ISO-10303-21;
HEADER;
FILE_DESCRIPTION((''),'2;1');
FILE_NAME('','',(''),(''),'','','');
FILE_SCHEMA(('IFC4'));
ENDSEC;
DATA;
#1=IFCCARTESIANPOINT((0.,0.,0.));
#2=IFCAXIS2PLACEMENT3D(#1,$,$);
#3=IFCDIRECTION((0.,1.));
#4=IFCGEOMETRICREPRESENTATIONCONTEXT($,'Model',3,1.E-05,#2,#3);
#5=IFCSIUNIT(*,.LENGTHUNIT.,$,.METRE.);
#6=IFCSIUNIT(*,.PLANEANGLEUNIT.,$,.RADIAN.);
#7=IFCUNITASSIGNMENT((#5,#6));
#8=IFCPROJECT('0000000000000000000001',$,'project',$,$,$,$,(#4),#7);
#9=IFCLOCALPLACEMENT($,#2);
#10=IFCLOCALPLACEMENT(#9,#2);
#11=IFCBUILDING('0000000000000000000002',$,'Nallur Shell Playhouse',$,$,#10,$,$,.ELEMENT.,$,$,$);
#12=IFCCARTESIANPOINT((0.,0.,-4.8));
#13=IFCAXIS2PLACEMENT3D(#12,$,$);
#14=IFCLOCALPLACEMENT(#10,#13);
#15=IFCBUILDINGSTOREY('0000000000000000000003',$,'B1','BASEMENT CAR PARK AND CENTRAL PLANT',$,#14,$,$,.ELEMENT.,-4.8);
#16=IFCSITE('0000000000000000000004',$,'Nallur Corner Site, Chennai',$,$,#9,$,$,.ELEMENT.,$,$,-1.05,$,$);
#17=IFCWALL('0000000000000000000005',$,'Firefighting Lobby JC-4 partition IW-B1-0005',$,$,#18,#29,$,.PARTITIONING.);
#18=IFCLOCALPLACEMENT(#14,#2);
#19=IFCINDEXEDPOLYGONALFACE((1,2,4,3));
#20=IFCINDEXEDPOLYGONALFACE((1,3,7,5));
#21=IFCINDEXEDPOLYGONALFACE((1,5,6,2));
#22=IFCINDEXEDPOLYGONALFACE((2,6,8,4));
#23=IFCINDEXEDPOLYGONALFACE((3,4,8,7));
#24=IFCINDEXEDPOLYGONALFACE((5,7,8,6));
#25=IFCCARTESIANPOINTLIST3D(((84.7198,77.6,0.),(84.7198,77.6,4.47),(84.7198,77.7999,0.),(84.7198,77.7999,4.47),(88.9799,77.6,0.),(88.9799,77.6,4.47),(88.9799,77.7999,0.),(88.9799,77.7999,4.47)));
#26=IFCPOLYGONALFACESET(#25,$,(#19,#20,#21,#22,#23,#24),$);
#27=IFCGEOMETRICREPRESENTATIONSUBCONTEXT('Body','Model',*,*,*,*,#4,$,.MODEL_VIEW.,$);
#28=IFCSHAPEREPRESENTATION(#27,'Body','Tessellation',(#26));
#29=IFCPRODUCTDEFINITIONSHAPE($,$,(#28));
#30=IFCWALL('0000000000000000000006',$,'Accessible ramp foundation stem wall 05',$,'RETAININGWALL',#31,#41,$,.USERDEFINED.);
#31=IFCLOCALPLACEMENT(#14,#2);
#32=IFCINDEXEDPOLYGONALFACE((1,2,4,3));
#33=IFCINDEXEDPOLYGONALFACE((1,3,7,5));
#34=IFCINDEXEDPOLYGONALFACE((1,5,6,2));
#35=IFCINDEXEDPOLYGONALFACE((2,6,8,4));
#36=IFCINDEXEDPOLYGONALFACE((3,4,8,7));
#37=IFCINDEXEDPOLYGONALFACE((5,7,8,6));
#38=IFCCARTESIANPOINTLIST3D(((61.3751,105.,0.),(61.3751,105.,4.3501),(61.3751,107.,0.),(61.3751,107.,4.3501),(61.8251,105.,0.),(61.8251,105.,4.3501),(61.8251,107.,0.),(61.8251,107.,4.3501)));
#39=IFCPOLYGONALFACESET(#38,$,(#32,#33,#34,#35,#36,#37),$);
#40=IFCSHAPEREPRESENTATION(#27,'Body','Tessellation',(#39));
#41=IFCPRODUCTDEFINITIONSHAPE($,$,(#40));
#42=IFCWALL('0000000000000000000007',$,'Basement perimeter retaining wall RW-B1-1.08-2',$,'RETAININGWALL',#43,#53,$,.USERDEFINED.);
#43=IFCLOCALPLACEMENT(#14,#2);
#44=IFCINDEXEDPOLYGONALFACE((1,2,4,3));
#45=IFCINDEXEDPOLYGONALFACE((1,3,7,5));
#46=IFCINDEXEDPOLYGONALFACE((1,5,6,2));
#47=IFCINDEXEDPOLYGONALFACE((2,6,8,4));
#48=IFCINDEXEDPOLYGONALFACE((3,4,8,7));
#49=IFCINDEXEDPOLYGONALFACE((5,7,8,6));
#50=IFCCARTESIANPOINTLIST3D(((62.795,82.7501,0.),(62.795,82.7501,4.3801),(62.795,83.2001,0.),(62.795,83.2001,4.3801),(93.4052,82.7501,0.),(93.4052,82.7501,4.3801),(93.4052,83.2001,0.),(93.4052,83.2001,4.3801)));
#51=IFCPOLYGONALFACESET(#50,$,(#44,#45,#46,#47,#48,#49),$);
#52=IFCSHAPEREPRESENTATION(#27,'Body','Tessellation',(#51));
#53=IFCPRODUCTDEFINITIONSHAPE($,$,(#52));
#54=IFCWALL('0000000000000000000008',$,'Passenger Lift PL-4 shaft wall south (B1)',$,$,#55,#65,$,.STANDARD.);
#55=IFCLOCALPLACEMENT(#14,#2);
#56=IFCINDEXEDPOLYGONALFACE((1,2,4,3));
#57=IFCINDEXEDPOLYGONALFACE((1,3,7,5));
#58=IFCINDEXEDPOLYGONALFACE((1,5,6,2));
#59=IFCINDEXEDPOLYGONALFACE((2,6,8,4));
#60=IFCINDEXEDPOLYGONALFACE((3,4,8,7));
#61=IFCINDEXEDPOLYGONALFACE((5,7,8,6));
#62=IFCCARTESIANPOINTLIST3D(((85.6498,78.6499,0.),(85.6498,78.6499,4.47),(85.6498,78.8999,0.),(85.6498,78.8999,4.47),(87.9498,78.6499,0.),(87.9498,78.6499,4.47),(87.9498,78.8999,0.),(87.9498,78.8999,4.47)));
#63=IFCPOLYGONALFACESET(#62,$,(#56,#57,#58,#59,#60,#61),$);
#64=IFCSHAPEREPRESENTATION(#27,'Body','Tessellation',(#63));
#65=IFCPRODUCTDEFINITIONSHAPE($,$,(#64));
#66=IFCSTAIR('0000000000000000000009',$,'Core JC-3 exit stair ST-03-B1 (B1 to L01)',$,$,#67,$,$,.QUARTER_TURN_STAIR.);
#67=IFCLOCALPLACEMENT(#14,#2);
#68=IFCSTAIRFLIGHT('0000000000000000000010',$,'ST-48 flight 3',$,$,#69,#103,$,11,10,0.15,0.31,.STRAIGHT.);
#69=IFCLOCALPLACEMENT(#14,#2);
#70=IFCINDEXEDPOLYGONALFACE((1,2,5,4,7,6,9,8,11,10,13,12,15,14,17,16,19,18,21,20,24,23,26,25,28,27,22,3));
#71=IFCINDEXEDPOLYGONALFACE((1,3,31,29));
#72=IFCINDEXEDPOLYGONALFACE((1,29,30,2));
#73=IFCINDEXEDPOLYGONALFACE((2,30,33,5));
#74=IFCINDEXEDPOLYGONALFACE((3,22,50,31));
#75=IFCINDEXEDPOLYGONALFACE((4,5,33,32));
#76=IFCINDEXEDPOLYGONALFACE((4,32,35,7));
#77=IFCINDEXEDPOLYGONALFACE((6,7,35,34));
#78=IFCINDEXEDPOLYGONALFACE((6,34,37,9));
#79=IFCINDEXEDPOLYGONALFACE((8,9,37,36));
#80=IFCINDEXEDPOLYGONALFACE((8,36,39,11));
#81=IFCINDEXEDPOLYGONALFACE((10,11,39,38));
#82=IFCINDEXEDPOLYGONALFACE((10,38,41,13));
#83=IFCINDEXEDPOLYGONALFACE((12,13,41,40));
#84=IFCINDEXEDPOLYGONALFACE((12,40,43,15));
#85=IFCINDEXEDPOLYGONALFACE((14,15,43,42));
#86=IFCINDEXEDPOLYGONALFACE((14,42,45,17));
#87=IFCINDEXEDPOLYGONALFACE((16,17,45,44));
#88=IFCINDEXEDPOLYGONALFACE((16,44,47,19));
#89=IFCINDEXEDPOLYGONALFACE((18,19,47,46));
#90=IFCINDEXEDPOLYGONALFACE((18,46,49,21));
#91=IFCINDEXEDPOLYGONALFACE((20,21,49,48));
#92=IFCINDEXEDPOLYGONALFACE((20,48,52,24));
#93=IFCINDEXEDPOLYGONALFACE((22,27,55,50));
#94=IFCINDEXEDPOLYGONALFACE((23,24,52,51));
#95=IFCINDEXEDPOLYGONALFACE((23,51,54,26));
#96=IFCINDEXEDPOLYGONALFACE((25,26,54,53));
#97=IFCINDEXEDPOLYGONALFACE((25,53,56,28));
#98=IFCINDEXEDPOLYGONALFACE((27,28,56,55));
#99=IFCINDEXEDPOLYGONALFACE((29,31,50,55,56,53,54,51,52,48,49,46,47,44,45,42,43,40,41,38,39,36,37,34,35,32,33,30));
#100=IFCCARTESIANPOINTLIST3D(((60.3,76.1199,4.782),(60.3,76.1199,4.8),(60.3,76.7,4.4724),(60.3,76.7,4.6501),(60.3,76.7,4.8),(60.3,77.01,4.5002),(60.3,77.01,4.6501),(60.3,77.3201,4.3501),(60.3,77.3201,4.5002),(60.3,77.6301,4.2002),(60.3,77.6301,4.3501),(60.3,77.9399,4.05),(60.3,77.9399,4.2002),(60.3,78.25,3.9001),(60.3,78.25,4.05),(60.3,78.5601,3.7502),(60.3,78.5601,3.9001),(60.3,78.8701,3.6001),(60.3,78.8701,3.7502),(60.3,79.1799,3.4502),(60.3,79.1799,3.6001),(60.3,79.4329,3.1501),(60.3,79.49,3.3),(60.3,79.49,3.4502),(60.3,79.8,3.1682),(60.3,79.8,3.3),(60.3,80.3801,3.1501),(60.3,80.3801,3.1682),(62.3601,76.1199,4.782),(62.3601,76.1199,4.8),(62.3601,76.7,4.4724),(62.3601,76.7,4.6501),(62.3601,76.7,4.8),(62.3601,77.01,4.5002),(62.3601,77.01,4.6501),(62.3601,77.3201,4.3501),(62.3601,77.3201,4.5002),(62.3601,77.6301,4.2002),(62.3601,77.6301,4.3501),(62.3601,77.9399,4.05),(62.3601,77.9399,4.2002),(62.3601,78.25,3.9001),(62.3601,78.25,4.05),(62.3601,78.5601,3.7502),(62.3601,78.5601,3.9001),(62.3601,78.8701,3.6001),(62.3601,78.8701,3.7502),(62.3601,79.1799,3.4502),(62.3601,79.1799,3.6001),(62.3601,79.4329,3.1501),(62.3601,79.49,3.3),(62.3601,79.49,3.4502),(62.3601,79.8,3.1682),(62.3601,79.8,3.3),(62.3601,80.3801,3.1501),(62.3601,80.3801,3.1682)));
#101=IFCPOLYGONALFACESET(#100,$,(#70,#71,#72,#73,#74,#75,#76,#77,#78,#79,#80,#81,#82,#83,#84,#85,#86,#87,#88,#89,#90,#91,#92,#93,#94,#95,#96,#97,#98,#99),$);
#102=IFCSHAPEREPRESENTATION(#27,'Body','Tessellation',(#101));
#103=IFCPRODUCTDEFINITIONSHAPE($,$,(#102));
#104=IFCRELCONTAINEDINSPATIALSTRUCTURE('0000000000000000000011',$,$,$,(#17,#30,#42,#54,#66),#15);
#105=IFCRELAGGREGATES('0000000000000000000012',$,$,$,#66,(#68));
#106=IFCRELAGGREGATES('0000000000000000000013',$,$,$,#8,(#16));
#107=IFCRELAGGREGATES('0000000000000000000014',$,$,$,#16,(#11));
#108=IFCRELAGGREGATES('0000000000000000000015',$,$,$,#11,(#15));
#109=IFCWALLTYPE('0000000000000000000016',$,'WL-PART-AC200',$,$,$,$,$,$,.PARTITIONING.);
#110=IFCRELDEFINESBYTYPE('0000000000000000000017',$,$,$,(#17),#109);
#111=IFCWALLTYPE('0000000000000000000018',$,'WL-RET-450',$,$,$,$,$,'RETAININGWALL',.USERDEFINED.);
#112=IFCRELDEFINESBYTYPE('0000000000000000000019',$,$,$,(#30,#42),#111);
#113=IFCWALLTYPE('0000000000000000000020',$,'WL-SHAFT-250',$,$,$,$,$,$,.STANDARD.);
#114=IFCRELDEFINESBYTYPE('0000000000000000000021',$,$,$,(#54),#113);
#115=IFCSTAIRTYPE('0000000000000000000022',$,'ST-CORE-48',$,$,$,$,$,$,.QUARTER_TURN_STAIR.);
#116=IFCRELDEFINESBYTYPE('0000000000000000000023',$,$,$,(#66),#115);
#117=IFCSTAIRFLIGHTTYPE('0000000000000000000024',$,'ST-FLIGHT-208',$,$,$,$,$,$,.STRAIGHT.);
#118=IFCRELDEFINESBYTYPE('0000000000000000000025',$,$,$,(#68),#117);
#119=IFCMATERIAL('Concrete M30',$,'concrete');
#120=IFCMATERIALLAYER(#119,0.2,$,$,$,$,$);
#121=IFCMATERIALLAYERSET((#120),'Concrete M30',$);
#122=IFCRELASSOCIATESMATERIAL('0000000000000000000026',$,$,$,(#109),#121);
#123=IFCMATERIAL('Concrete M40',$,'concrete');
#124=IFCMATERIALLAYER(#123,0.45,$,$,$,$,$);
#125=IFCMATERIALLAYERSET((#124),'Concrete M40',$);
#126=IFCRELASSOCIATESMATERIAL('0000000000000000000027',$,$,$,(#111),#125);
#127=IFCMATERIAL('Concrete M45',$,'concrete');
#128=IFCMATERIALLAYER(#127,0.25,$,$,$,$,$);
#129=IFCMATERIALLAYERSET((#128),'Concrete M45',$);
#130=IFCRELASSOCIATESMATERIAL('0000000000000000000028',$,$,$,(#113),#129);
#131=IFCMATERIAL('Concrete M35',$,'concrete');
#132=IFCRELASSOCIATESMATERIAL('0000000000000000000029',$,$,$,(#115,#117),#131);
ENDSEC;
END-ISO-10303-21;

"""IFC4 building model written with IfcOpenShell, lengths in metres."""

from ifc_helpers import new_model, si_unit, direction, frame, frame_2d, origin, place, context, subcontext, project, spatial, polyline, rectangle, outline, extrude, material, layer, layer_set, type_object, element, aggregate, save


model = new_model("IFC4")

# Units and contexts
model_context = context("Model", 3, precision=1e-05, world=origin(), true_north=direction((0.0, 1.0)))
body_context = subcontext(model_context, "Body", "Model", "MODEL_VIEW")
ifc_project = project(units=[si_unit("LENGTHUNIT", "METRE"), si_unit("PLANEANGLEUNIT", "RADIAN")], contexts=[model_context])

# Site, building, storey
site_placement = place(None, origin())
site = spatial("IfcSite", under=ifc_project, at=site_placement, Name="Nallur Corner Site, Chennai", CompositionType="ELEMENT", RefElevation=-1.05)
building_placement = place(site_placement, origin())
building = spatial("IfcBuilding", under=site, at=building_placement, Name="Nallur Shell Playhouse", CompositionType="ELEMENT")
storey_placement = place(building_placement, frame((0.0, 0.0, -4.8)))
storey = spatial("IfcBuildingStorey", under=building, at=storey_placement, Name="B1", Description="BASEMENT CAR PARK AND CENTRAL PLANT", CompositionType="ELEMENT", Elevation=-4.8)

# Shared definitions
ifc_material_1 = material(Name="Concrete M35", Category="concrete")

# Walls
ifc_material_2 = material(Name="Concrete M45", Category="concrete")
ifc_material_3 = material(Name="Concrete M30", Category="concrete")
ifc_layer_1 = layer(ifc_material_3, 0.2)
ifc_layer_set_1 = layer_set([ifc_layer_1], Name="Concrete M30")
wall_type_1 = type_object("IfcWallType", Name="WL-PART-AC200", PredefinedType="PARTITIONING", material=ifc_layer_set_1)
wall_1_placement = place(storey_placement, frame((84.72, 77.7, 0.0), z_axis=(0.0, 0.0, 1.0), x_axis=(1.0, 0.0, 0.0)))
element("IfcWall", 1, at=wall_1_placement, inside=storey, type_object=wall_type_1, Name="Firefighting Lobby JC-4 partition IW-B1-0005", PredefinedType="PARTITIONING", context=body_context, shape_type="SweptSolid", body=[
    extrude(rectangle(XDim=4.26, YDim=0.2, at=frame_2d((2.1299, 0.0))), origin(), (0.0, 0.0, 1.0), 4.47),
])
ifc_material_4 = material(Name="Concrete M40", Category="concrete")
ifc_layer_2 = layer(ifc_material_4, 0.45)
ifc_layer_set_2 = layer_set([ifc_layer_2], Name="Concrete M40")
wall_type_2 = type_object("IfcWallType", Name="WL-RET-450", ElementType="RETAININGWALL", PredefinedType="USERDEFINED", material=ifc_layer_set_2)
wall_2_placement = place(storey_placement, frame((61.6001, 105.0, 0.0), z_axis=(0.0, 0.0, 1.0), x_axis=(0.0, 1.0, 0.0)))
element("IfcWall", 2, at=wall_2_placement, inside=storey, type_object=wall_type_2, Name="Accessible ramp foundation stem wall 05", ObjectType="RETAININGWALL", PredefinedType="USERDEFINED", context=body_context, shape_type="SweptSolid", body=[
    extrude(rectangle(XDim=2.0, YDim=0.45, at=frame_2d((1.0, 0.0))), origin(), (0.0, 0.0, 1.0), 4.3501),
])
wall_3_placement = place(storey_placement, frame((62.7949, 82.9751, 0.0), z_axis=(0.0, 0.0, 1.0), x_axis=(1.0, 0.0, 0.0)))
element("IfcWall", 3, at=wall_3_placement, inside=storey, type_object=wall_type_2, Name="Basement perimeter retaining wall RW-B1-1.08-2", ObjectType="RETAININGWALL", PredefinedType="USERDEFINED", context=body_context, shape_type="SweptSolid", body=[
    extrude(rectangle(XDim=30.6101, YDim=0.45, at=frame_2d((15.3052, 0.0))), origin(), (0.0, 0.0, 1.0), 4.3801),
])
ifc_layer_3 = layer(ifc_material_2, 0.25)
ifc_layer_set_3 = layer_set([ifc_layer_3], Name="Concrete M45")
wall_type_3 = type_object("IfcWallType", Name="WL-SHAFT-250", PredefinedType="STANDARD", material=ifc_layer_set_3)
wall_4_placement = place(storey_placement, frame((85.6499, 78.7749, 0.0), z_axis=(0.0, 0.0, 1.0), x_axis=(1.0, 0.0, 0.0)))
element("IfcWall", 4, at=wall_4_placement, inside=storey, type_object=wall_type_3, Name="Passenger Lift PL-4 shaft wall south (B1)", PredefinedType="STANDARD", context=body_context, shape_type="SweptSolid", body=[
    extrude(rectangle(XDim=2.3, YDim=0.25, at=frame_2d((1.1499, 0.0))), origin(), (0.0, 0.0, 1.0), 4.47),
])

# Stair, stair flight
stair_type = type_object("IfcStairType", Name="ST-CORE-48", PredefinedType="QUARTER_TURN_STAIR", material=ifc_material_1)
stair_placement = place(storey_placement, origin())
stair = element("IfcStair", 5, at=stair_placement, inside=storey, type_object=stair_type, Name="Core JC-3 exit stair ST-03-B1 (B1 to L01)", PredefinedType="QUARTER_TURN_STAIR")
stair_flight_type = type_object("IfcStairFlightType", Name="ST-FLIGHT-208", PredefinedType="STRAIGHT", material=ifc_material_1)
stair_flight_placement = place(storey_placement, frame((61.3301, 79.8, 3.1501), z_axis=(0.0, 0.0, 1.0), x_axis=(0.0, -1.0, 0.0)))
stair_flight = element("IfcStairFlight", 6, at=stair_flight_placement, type_object=stair_flight_type, Name="ST-48 flight 3", NumberOfRisers=11, NumberOfTreads=10, PredefinedType="STRAIGHT", RiserHeight=0.15, TreadLength=0.31, context=body_context, shape_type="SweptSolid", body=[
    extrude(outline(polyline([(-0.5801, 0.0), (-0.5801, 0.0181), (0.0, 0.0181), (0.0, 0.1499), (0.3101, 0.1499), (0.3101, 0.3), (0.6201, 0.3), (0.6201, 0.45), (0.9299, 0.45), (0.9299, 0.6001), (1.24, 0.6001), (1.24, 0.75), (1.55, 0.75), (1.55, 0.8999), (1.8601, 0.8999), (1.8601, 1.05), (2.1699, 1.05), (2.1699, 1.2), (2.48, 1.2), (2.48, 1.3501), (2.79, 1.3501), (2.79, 1.5), (3.1001, 1.5), (3.1001, 1.6499), (3.6802, 1.6499), (3.6802, 1.6318), (3.1001, 1.3223), (0.3672, 0.0), (-0.5801, 0.0)])), frame((0.0, 1.03, 0.0), z_axis=(0.0, -1.0, 0.0), x_axis=(1.0, 0.0, 0.0)), (0.0, 0.0, 1.0), 2.0601),
])
aggregate(stair, [stair_flight])

save(model, "model.ifc")
